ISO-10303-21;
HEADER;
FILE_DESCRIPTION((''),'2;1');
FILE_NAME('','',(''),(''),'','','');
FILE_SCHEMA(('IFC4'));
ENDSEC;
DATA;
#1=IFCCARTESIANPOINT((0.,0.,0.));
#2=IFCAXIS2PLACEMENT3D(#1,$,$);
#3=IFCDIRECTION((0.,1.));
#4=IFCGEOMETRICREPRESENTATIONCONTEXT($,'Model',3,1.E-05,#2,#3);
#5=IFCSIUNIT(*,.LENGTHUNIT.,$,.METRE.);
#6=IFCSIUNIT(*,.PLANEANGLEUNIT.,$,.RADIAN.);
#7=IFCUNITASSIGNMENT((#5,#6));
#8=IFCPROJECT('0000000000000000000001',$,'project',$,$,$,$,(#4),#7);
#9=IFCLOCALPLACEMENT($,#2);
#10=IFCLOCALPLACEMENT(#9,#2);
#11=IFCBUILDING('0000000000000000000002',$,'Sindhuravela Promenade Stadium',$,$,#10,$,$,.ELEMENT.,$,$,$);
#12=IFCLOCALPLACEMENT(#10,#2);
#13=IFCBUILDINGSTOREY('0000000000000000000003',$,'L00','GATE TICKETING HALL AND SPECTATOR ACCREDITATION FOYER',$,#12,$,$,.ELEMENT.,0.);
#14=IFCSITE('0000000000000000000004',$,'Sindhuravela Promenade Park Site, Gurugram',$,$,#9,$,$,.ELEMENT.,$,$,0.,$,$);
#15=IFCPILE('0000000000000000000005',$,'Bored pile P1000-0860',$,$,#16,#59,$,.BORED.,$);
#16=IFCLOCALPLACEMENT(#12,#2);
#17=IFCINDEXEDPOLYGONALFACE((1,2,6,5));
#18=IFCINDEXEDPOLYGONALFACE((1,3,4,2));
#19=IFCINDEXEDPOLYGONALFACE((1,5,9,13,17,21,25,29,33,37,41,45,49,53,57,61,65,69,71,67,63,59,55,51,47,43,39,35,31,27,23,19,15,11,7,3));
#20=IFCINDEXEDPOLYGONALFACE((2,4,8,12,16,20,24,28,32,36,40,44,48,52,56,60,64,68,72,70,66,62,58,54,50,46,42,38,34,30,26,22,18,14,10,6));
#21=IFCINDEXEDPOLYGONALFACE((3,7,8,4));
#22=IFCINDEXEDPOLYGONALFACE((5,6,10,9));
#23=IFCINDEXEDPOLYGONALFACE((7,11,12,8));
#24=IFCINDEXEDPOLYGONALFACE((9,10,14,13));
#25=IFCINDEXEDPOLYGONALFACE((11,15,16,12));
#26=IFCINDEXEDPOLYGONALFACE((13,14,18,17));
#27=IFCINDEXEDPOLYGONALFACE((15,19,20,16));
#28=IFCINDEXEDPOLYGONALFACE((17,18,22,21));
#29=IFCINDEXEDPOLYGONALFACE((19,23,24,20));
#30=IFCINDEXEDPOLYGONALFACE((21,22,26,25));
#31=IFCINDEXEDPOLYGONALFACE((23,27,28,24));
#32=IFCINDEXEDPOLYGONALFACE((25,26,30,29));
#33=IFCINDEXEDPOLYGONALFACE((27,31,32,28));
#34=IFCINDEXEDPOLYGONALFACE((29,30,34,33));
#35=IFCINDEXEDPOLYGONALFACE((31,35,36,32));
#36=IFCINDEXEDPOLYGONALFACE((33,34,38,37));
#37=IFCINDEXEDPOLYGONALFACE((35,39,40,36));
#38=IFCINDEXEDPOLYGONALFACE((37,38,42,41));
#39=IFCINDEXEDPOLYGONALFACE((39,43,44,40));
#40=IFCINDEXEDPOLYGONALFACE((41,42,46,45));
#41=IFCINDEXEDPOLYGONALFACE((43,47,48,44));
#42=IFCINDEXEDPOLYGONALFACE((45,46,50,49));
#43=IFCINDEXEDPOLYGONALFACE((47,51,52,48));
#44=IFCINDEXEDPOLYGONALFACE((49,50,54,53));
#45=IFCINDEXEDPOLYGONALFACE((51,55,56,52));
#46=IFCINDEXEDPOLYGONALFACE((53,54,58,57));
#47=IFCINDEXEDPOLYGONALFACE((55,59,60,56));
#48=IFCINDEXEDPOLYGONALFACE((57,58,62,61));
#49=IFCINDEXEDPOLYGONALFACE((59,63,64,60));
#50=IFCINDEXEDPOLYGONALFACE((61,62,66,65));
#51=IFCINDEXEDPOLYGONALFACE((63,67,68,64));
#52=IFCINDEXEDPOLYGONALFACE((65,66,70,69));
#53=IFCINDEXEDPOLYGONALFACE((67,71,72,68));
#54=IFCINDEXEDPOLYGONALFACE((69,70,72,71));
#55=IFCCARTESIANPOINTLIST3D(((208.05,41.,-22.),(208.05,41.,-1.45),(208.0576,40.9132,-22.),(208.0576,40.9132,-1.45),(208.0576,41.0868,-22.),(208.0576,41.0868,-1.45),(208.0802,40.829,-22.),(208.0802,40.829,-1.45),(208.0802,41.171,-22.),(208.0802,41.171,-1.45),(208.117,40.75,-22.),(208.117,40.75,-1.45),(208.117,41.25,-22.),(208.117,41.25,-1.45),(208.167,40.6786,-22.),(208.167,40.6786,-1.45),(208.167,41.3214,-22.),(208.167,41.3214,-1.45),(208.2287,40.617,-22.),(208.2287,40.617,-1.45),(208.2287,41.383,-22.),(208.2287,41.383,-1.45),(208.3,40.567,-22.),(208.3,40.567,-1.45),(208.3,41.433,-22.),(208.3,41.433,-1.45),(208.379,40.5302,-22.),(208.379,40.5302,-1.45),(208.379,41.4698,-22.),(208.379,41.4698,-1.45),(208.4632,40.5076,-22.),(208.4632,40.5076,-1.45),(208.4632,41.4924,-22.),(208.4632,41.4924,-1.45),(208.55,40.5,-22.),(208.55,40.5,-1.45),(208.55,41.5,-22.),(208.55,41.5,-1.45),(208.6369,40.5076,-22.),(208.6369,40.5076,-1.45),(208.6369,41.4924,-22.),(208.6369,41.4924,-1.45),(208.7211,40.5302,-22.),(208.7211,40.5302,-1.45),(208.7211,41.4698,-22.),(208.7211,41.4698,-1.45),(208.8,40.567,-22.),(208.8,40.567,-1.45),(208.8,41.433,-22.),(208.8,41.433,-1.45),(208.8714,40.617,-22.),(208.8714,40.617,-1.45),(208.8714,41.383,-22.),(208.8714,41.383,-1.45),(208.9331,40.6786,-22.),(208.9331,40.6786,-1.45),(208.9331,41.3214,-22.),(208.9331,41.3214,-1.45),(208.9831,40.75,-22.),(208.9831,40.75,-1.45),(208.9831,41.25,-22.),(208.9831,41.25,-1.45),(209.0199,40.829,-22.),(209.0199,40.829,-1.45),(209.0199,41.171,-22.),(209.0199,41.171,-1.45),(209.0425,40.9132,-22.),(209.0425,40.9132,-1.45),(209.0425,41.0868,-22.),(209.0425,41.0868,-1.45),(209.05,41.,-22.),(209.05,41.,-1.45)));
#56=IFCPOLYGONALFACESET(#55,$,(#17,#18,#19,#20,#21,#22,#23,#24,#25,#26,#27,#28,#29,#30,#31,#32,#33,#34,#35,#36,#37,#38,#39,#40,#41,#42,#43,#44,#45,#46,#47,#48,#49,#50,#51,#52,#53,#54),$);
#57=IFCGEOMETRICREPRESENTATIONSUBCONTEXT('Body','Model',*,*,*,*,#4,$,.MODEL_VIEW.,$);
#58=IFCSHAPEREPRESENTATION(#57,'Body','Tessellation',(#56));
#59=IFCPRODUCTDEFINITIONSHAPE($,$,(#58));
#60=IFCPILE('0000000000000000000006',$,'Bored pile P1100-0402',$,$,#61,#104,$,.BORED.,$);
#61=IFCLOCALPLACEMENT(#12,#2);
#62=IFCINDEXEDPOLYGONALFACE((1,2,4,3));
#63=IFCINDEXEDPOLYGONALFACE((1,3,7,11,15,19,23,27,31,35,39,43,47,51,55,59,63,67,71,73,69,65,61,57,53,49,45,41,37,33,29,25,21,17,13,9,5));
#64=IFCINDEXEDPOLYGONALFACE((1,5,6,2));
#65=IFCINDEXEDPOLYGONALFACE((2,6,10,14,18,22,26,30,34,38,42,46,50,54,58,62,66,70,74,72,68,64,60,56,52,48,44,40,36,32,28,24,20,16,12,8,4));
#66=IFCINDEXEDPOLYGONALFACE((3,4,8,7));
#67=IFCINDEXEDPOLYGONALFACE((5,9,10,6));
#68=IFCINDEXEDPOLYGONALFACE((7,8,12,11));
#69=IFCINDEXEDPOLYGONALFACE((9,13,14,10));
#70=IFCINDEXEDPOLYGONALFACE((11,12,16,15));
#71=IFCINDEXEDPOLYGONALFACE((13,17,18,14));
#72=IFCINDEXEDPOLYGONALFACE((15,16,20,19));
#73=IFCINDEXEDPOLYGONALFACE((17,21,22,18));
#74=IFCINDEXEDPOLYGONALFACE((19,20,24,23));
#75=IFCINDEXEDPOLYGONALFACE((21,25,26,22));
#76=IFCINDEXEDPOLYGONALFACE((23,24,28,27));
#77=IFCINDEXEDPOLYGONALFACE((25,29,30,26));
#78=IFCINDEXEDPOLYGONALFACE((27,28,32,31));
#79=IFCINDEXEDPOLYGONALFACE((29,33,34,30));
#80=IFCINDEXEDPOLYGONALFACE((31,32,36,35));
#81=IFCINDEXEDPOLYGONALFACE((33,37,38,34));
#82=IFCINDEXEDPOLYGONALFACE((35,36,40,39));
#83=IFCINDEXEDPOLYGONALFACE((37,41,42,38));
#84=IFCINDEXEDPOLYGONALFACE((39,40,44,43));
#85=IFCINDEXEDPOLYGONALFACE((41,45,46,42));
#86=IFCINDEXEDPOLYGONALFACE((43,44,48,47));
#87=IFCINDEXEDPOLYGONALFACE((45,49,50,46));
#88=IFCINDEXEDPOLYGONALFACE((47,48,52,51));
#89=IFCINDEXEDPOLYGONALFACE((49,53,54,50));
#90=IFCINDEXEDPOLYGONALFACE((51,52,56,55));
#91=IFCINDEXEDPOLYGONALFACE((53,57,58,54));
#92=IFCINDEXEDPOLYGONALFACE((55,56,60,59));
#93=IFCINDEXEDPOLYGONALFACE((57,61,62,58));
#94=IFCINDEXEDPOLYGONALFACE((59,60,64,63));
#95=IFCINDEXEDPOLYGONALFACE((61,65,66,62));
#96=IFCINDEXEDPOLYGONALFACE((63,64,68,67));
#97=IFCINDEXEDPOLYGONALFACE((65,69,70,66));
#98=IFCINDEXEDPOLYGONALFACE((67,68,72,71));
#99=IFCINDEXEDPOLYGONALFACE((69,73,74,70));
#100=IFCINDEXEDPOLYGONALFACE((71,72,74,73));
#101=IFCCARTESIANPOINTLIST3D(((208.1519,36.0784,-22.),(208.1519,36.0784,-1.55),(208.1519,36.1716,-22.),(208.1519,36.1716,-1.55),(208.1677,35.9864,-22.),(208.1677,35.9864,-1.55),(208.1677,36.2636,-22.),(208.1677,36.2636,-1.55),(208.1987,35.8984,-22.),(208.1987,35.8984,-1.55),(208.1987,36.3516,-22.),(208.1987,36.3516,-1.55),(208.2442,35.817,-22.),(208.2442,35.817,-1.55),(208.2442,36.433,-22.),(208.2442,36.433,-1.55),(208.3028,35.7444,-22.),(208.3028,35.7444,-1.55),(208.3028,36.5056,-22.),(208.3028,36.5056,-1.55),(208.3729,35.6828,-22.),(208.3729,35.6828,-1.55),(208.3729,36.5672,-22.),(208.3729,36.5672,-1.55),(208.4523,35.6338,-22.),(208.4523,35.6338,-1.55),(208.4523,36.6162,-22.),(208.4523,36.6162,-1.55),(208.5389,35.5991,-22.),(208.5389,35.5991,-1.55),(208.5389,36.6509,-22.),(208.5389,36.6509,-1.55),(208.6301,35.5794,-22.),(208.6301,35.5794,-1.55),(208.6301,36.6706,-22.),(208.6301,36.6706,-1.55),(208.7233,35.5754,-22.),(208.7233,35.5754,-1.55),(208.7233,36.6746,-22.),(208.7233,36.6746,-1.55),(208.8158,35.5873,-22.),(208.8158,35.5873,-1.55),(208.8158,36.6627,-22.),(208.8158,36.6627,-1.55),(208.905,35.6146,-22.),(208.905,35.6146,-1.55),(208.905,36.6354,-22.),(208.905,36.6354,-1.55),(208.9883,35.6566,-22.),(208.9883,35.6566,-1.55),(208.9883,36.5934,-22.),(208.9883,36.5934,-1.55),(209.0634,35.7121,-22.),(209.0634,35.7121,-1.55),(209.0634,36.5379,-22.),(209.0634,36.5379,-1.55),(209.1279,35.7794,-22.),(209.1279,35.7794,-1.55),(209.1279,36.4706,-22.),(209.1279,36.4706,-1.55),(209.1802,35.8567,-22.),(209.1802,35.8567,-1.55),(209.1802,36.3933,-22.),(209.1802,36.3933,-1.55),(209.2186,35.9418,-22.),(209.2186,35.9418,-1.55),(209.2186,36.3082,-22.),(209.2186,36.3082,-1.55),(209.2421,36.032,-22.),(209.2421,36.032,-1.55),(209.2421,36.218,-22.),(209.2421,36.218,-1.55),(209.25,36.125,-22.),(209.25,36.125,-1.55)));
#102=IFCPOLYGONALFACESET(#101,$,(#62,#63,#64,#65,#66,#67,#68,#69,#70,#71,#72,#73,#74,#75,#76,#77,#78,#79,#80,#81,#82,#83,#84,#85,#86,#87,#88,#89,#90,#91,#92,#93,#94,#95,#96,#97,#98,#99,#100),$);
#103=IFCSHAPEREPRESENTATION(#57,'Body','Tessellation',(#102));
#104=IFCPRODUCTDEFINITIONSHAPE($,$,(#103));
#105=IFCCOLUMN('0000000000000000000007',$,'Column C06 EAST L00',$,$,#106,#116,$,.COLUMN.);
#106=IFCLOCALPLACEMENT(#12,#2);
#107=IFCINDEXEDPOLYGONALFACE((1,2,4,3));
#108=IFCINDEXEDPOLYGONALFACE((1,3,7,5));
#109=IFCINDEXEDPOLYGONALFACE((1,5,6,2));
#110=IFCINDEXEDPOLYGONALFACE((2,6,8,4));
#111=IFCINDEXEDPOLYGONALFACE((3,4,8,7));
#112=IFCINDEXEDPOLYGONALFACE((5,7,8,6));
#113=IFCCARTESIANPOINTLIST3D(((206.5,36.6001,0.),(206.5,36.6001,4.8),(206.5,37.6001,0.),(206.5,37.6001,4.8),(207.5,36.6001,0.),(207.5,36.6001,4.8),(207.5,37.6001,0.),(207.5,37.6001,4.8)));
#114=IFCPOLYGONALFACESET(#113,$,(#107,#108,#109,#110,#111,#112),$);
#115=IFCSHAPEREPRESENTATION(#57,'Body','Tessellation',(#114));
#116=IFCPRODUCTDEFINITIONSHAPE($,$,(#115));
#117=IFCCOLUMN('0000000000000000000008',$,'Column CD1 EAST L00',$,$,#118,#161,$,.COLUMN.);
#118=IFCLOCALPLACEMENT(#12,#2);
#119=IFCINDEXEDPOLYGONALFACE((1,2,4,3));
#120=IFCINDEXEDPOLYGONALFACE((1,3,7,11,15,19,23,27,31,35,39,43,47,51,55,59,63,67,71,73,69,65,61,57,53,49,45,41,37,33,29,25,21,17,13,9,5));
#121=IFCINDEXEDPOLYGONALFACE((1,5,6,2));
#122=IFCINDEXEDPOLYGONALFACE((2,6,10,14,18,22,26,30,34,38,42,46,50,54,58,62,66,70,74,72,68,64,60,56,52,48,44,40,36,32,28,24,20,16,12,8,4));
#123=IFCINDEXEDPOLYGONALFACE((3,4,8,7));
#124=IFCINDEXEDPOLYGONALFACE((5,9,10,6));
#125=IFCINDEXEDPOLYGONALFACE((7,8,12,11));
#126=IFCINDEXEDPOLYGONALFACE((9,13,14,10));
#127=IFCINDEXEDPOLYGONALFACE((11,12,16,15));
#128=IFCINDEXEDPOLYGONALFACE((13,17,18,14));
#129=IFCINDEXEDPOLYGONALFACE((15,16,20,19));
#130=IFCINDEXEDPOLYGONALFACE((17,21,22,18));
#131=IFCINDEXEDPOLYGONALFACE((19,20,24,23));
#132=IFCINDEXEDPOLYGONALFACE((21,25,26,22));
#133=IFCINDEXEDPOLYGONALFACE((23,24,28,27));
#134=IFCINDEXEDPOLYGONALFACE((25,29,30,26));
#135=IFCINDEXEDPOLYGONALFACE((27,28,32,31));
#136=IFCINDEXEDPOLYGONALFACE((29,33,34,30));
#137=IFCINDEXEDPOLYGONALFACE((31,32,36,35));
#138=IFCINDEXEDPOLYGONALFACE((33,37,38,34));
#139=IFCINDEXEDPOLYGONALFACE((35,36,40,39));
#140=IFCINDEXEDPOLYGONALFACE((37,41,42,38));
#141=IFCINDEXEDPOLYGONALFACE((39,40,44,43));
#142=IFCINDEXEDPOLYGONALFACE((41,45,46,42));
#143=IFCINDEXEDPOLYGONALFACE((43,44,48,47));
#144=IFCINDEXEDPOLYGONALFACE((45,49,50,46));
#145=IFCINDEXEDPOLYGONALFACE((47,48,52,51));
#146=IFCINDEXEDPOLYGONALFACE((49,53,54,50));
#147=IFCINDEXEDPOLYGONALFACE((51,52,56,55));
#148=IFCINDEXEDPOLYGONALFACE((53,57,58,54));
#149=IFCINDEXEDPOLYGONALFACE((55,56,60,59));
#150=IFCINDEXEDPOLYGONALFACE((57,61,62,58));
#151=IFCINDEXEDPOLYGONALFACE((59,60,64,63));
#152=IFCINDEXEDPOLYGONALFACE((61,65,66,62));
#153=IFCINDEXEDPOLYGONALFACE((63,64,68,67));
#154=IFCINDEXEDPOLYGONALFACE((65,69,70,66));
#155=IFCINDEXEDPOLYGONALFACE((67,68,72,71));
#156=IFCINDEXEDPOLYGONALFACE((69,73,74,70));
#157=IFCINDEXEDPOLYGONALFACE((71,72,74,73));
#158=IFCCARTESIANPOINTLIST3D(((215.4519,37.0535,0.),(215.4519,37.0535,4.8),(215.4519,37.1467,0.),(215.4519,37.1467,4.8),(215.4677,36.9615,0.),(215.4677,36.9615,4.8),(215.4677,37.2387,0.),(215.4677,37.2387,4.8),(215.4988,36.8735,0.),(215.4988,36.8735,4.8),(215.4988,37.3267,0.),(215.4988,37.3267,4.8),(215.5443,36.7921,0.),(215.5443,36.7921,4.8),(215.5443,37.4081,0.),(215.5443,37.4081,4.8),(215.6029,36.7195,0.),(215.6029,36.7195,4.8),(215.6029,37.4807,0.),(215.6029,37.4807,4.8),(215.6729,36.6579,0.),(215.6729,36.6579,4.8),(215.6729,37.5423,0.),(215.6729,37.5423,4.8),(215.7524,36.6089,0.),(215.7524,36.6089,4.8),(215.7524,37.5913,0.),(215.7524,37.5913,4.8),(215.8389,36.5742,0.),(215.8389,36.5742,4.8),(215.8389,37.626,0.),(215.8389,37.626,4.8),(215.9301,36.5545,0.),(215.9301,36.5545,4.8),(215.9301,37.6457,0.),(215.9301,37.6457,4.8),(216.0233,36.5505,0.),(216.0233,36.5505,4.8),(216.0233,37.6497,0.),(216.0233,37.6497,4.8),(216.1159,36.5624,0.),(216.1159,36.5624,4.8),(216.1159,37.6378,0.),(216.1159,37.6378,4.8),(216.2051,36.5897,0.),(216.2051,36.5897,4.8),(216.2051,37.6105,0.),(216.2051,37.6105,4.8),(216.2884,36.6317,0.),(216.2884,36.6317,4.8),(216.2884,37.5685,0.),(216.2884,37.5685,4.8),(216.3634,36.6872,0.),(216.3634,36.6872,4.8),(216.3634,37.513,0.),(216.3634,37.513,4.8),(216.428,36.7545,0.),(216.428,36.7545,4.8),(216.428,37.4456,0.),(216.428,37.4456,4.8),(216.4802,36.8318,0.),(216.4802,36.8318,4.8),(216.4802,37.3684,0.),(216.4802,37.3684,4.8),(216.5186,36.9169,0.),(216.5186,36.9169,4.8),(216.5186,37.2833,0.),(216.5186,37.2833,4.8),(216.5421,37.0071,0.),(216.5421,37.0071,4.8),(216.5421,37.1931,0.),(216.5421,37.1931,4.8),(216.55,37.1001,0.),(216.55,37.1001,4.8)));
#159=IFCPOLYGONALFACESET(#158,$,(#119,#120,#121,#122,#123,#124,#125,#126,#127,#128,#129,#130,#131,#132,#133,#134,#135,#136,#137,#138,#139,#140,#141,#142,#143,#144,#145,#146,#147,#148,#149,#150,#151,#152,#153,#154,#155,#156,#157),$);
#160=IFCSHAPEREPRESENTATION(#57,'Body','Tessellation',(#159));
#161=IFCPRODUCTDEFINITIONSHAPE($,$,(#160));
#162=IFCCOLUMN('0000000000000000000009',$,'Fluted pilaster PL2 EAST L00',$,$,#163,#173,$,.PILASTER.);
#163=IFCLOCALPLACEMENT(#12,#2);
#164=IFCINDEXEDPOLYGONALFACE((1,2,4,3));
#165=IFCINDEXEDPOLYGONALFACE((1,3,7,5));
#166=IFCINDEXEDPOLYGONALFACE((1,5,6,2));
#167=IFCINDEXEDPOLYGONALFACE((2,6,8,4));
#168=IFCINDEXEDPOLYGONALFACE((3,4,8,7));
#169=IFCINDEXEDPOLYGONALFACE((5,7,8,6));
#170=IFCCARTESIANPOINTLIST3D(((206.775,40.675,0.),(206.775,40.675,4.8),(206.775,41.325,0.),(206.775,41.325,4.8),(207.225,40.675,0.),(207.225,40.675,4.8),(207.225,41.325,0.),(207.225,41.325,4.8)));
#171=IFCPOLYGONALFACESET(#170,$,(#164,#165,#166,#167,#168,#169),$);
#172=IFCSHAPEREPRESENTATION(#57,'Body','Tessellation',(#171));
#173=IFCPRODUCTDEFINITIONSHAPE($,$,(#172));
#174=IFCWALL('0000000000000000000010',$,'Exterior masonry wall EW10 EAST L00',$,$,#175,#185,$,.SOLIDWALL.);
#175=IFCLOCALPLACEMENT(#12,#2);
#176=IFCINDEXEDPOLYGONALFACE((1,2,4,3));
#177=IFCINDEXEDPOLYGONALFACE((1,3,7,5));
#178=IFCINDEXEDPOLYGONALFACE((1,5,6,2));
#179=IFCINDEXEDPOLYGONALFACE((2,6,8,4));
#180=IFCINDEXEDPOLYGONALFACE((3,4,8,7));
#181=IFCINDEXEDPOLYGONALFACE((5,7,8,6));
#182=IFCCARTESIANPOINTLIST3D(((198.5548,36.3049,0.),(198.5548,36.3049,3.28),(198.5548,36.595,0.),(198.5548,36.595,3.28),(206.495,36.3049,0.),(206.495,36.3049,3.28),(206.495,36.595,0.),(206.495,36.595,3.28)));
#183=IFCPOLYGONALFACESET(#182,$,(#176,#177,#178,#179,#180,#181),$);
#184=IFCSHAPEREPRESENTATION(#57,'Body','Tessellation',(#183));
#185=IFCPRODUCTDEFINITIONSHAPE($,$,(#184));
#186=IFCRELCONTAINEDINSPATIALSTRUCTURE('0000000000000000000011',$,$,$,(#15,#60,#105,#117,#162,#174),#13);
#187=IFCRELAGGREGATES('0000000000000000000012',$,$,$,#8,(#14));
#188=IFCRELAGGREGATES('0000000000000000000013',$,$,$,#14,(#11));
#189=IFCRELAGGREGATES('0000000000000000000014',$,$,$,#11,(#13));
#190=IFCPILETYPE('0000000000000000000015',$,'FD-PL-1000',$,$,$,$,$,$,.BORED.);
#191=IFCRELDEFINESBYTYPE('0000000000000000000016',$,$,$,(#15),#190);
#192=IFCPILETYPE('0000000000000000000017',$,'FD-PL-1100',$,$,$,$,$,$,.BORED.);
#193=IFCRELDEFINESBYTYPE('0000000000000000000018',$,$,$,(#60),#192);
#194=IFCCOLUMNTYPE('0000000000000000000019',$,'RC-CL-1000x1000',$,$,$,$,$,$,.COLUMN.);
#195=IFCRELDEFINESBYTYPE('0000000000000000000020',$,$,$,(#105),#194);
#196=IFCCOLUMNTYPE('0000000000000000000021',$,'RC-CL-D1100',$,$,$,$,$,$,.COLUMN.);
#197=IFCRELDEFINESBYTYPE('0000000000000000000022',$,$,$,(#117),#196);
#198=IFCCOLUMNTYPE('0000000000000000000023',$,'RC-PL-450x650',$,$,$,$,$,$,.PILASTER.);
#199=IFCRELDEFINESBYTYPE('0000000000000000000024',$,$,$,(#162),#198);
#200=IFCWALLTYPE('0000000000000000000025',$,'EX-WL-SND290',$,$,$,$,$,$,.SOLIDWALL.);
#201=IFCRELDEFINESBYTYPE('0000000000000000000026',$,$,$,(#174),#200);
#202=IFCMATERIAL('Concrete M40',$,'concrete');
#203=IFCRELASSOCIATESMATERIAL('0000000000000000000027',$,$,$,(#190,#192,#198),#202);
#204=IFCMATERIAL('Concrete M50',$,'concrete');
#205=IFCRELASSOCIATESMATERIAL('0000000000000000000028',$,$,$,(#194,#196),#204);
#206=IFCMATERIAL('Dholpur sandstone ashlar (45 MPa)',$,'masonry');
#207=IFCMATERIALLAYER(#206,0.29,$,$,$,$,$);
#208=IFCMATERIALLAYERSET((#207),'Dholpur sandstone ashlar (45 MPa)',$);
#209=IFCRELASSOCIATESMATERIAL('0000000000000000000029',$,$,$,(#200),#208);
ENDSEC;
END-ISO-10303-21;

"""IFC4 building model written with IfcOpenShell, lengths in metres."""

from ifc_helpers import new_model, si_unit, direction, frame, frame_2d, origin, origin_2d, place, context, subcontext, project, spatial, rectangle, circle, extrude, material, layer, layer_set, material_profile, profile_set, type_object, element, save


model = new_model("IFC4")

# Units and contexts
model_context = context("Model", 3, precision=1e-05, world=origin(), true_north=direction((0.0, 1.0)))
body_context = subcontext(model_context, "Body", "Model", "MODEL_VIEW")
ifc_project = project(units=[si_unit("LENGTHUNIT", "METRE"), si_unit("PLANEANGLEUNIT", "RADIAN")], contexts=[model_context])

# Site, building, storey
site_placement = place(None, origin())
site = spatial("IfcSite", under=ifc_project, at=site_placement, Name="Sindhuravela Promenade Park Site, Gurugram", CompositionType="ELEMENT", RefElevation=0.0)
building_placement = place(site_placement, origin())
building = spatial("IfcBuilding", under=site, at=building_placement, Name="Sindhuravela Promenade Stadium", CompositionType="ELEMENT")
storey_placement = place(building_placement, origin())
storey = spatial("IfcBuildingStorey", under=building, at=storey_placement, Name="L00", Description="GATE TICKETING HALL AND SPECTATOR ACCREDITATION FOYER", CompositionType="ELEMENT", Elevation=0.0)

# Shared definitions
ifc_material_1 = material(Name="Concrete M50", Category="concrete")

# Piles
ifc_material_2 = material(Name="Concrete M40", Category="concrete")
ifc_material_profile_1 = material_profile(ifc_material_2, circle(Radius=0.5, at=origin_2d()), Name="BORED PILE D1000")
ifc_profile_set_1 = profile_set([ifc_material_profile_1], Name="Concrete M40")
pile_type_1 = type_object("IfcPileType", Name="FD-PL-1000", PredefinedType="BORED", material=ifc_profile_set_1)
for number, where, z_axis, x_axis, name in (
    (1, (208.55, 41.0, -1.45), (0.0, 0.0, -1.0), (1.0, 0.0, 0.0), "Bored pile P1000-0860"),
):
    element("IfcPile", number, at=place(storey_placement, frame(where, z_axis=z_axis, x_axis=x_axis)), inside=storey, type_object=pile_type_1, Name=name, PredefinedType="BORED", context=body_context, shape_type="SweptSolid", body=[
        extrude(circle(Radius=0.5, at=origin_2d()), origin(), (0.0, 0.0, 1.0), 20.55),
    ])
ifc_material_profile_2 = material_profile(ifc_material_2, circle(Radius=0.55, at=origin_2d()), Name="BORED PILE D1100")
ifc_profile_set_2 = profile_set([ifc_material_profile_2], Name="Concrete M40")
pile_type_2 = type_object("IfcPileType", Name="FD-PL-1100", PredefinedType="BORED", material=ifc_profile_set_2)
pile_placement = place(storey_placement, frame((208.7, 36.125, -1.55), z_axis=(0.0, 0.0, -1.0), x_axis=(1.0, 0.0, 0.0)))
element("IfcPile", 2, at=pile_placement, inside=storey, type_object=pile_type_2, Name="Bored pile P1100-0402", PredefinedType="BORED", context=body_context, shape_type="SweptSolid", body=[
    extrude(circle(Radius=0.55, at=origin_2d()), origin(), (0.0, 0.0, 1.0), 20.45),
])

# Columns
ifc_material_profile_3 = material_profile(ifc_material_1, rectangle(XDim=1.0, YDim=1.0, at=origin_2d()), Name="RC 1000x1000")
ifc_profile_set_3 = profile_set([ifc_material_profile_3], Name="Concrete M50")
column_type_1 = type_object("IfcColumnType", Name="RC-CL-1000x1000", PredefinedType="COLUMN", material=ifc_profile_set_3)
column_1_placement = place(storey_placement, frame((207.0, 37.1001, 0.0), z_axis=(0.0, 0.0, 1.0), x_axis=(1.0, 0.0, 0.0)))
element("IfcColumn", 3, at=column_1_placement, inside=storey, type_object=column_type_1, Name="Column C06 EAST L00", PredefinedType="COLUMN", context=body_context, shape_type="SweptSolid", body=[
    extrude(rectangle(XDim=1.0, YDim=1.0, at=origin_2d()), origin(), (0.0, 0.0, 1.0), 4.8),
])
ifc_material_profile_4 = material_profile(ifc_material_1, circle(Radius=0.55, at=origin_2d()), Name="RC D1100")
ifc_profile_set_4 = profile_set([ifc_material_profile_4], Name="Concrete M50")
column_type_2 = type_object("IfcColumnType", Name="RC-CL-D1100", PredefinedType="COLUMN", material=ifc_profile_set_4)
column_2_placement = place(storey_placement, frame((216.0, 37.1001, 0.0), z_axis=(0.0, 0.0, 1.0), x_axis=(1.0, 0.0, 0.0)))
element("IfcColumn", 4, at=column_2_placement, inside=storey, type_object=column_type_2, Name="Column CD1 EAST L00", PredefinedType="COLUMN", context=body_context, shape_type="SweptSolid", body=[
    extrude(circle(Radius=0.55, at=origin_2d()), origin(), (0.0, 0.0, 1.0), 4.8),
])
ifc_material_profile_5 = material_profile(ifc_material_2, rectangle(XDim=0.45, YDim=0.6499, at=origin_2d()), Name="PIL 450x650")
ifc_profile_set_5 = profile_set([ifc_material_profile_5], Name="Concrete M40")
column_type_3 = type_object("IfcColumnType", Name="RC-PL-450x650", PredefinedType="PILASTER", material=ifc_profile_set_5)
column_3_placement = place(storey_placement, frame((207.0, 41.0, 0.0), z_axis=(0.0, 0.0, 1.0), x_axis=(1.0, 0.0, 0.0)))
element("IfcColumn", 5, at=column_3_placement, inside=storey, type_object=column_type_3, Name="Fluted pilaster PL2 EAST L00", PredefinedType="PILASTER", context=body_context, shape_type="SweptSolid", body=[
    extrude(rectangle(XDim=0.45, YDim=0.6499, at=origin_2d()), origin(), (0.0, 0.0, 1.0), 4.8),
])

# Wall
ifc_material_3 = material(Name="Dholpur sandstone ashlar (45 MPa)", Category="masonry")
ifc_layer_1 = layer(ifc_material_3, 0.29)
ifc_layer_set_1 = layer_set([ifc_layer_1], Name="Dholpur sandstone ashlar (45 MPa)")
wall_type_1 = type_object("IfcWallType", Name="EX-WL-SND290", PredefinedType="SOLIDWALL", material=ifc_layer_set_1)
wall_1_placement = place(storey_placement, frame((206.4951, 36.45, 0.0), z_axis=(0.0, 0.0, 1.0), x_axis=(-1.0, 0.0, 0.0)))
element("IfcWall", 6, at=wall_1_placement, inside=storey, type_object=wall_type_1, Name="Exterior masonry wall EW10 EAST L00", PredefinedType="SOLIDWALL", context=body_context, shape_type="SweptSolid", body=[
    extrude(rectangle(XDim=7.9402, YDim=0.29, at=frame_2d((3.9702, 0.0))), origin(), (0.0, 0.0, 1.0), 3.28),
])

save(model, "model.ifc")
